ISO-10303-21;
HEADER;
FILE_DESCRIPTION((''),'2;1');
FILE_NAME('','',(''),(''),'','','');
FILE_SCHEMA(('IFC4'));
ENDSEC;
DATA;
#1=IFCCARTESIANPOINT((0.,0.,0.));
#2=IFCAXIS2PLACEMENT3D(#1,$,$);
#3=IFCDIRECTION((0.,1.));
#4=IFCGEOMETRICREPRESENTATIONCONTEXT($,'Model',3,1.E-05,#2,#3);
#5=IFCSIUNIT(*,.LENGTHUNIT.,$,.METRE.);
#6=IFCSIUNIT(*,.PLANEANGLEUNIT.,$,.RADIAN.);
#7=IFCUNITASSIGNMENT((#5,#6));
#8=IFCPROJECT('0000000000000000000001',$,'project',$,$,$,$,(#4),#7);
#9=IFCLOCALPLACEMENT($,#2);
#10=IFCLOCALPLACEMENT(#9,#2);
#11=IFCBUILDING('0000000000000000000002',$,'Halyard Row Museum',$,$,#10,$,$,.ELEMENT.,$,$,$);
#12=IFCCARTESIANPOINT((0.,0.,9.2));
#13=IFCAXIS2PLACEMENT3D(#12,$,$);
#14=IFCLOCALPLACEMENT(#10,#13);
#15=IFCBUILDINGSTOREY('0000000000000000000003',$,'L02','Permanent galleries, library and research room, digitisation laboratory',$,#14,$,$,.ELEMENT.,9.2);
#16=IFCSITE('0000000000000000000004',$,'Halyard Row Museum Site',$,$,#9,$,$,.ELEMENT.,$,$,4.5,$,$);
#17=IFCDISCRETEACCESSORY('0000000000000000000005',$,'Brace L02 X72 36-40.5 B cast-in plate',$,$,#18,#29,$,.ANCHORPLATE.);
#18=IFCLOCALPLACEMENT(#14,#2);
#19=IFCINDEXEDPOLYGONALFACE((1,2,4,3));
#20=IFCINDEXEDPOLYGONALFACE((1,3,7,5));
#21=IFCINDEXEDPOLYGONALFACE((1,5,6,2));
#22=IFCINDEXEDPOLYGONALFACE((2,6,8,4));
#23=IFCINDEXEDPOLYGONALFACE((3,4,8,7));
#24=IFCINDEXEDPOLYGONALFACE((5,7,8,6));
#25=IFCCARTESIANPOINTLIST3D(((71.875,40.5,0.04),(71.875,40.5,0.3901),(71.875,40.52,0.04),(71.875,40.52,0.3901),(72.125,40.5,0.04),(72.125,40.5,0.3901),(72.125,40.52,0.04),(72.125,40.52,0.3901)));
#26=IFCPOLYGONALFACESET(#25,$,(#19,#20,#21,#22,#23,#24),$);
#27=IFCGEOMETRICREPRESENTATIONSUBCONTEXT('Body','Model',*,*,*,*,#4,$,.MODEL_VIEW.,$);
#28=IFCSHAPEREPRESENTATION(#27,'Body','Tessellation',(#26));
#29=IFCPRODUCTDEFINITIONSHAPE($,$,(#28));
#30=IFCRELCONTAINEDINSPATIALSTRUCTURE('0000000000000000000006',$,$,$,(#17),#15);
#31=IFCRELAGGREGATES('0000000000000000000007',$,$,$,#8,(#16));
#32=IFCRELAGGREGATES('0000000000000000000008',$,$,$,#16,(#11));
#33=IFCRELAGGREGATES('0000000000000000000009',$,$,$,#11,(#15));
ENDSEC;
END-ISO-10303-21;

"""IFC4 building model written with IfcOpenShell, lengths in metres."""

from ifc_helpers import new_model, si_unit, direction, frame, origin, origin_2d, place, context, subcontext, project, spatial, rectangle, extrude, element, save


model = new_model("IFC4")

# Units and contexts
model_context = context("Model", 3, precision=1e-05, world=origin(), true_north=direction((0.0, 1.0)))
body_context = subcontext(model_context, "Body", "Model", "MODEL_VIEW")
ifc_project = project(units=[si_unit("LENGTHUNIT", "METRE"), si_unit("PLANEANGLEUNIT", "RADIAN")], contexts=[model_context])

# Site, building, storey
site_placement = place(None, origin())
site = spatial("IfcSite", under=ifc_project, at=site_placement, Name="Halyard Row Museum Site", CompositionType="ELEMENT", RefElevation=4.5)
building_placement = place(site_placement, origin())
building = spatial("IfcBuilding", under=site, at=building_placement, Name="Halyard Row Museum", CompositionType="ELEMENT")
storey_placement = place(building_placement, frame((0.0, 0.0, 9.2)))
storey = spatial("IfcBuildingStorey", under=building, at=storey_placement, Name="L02", Description="Permanent galleries, library and research room, digitisation laboratory", CompositionType="ELEMENT", Elevation=9.2)

# Discrete accessory
discrete_accessory_placement = place(storey_placement, frame((72.0, 40.5, 0.2151), z_axis=(0.0, 1.0, 0.0), x_axis=(-1.0, 0.0, 0.0)))
element("IfcDiscreteAccessory", 1, at=discrete_accessory_placement, inside=storey, Name="Brace L02 X72 36-40.5 B cast-in plate", PredefinedType="ANCHORPLATE", context=body_context, shape_type="SweptSolid", body=[
    extrude(rectangle(XDim=0.25, YDim=0.3501, at=origin_2d()), origin(), (0.0, 0.0, 1.0), 0.02),
])

save(model, "model.ifc")
